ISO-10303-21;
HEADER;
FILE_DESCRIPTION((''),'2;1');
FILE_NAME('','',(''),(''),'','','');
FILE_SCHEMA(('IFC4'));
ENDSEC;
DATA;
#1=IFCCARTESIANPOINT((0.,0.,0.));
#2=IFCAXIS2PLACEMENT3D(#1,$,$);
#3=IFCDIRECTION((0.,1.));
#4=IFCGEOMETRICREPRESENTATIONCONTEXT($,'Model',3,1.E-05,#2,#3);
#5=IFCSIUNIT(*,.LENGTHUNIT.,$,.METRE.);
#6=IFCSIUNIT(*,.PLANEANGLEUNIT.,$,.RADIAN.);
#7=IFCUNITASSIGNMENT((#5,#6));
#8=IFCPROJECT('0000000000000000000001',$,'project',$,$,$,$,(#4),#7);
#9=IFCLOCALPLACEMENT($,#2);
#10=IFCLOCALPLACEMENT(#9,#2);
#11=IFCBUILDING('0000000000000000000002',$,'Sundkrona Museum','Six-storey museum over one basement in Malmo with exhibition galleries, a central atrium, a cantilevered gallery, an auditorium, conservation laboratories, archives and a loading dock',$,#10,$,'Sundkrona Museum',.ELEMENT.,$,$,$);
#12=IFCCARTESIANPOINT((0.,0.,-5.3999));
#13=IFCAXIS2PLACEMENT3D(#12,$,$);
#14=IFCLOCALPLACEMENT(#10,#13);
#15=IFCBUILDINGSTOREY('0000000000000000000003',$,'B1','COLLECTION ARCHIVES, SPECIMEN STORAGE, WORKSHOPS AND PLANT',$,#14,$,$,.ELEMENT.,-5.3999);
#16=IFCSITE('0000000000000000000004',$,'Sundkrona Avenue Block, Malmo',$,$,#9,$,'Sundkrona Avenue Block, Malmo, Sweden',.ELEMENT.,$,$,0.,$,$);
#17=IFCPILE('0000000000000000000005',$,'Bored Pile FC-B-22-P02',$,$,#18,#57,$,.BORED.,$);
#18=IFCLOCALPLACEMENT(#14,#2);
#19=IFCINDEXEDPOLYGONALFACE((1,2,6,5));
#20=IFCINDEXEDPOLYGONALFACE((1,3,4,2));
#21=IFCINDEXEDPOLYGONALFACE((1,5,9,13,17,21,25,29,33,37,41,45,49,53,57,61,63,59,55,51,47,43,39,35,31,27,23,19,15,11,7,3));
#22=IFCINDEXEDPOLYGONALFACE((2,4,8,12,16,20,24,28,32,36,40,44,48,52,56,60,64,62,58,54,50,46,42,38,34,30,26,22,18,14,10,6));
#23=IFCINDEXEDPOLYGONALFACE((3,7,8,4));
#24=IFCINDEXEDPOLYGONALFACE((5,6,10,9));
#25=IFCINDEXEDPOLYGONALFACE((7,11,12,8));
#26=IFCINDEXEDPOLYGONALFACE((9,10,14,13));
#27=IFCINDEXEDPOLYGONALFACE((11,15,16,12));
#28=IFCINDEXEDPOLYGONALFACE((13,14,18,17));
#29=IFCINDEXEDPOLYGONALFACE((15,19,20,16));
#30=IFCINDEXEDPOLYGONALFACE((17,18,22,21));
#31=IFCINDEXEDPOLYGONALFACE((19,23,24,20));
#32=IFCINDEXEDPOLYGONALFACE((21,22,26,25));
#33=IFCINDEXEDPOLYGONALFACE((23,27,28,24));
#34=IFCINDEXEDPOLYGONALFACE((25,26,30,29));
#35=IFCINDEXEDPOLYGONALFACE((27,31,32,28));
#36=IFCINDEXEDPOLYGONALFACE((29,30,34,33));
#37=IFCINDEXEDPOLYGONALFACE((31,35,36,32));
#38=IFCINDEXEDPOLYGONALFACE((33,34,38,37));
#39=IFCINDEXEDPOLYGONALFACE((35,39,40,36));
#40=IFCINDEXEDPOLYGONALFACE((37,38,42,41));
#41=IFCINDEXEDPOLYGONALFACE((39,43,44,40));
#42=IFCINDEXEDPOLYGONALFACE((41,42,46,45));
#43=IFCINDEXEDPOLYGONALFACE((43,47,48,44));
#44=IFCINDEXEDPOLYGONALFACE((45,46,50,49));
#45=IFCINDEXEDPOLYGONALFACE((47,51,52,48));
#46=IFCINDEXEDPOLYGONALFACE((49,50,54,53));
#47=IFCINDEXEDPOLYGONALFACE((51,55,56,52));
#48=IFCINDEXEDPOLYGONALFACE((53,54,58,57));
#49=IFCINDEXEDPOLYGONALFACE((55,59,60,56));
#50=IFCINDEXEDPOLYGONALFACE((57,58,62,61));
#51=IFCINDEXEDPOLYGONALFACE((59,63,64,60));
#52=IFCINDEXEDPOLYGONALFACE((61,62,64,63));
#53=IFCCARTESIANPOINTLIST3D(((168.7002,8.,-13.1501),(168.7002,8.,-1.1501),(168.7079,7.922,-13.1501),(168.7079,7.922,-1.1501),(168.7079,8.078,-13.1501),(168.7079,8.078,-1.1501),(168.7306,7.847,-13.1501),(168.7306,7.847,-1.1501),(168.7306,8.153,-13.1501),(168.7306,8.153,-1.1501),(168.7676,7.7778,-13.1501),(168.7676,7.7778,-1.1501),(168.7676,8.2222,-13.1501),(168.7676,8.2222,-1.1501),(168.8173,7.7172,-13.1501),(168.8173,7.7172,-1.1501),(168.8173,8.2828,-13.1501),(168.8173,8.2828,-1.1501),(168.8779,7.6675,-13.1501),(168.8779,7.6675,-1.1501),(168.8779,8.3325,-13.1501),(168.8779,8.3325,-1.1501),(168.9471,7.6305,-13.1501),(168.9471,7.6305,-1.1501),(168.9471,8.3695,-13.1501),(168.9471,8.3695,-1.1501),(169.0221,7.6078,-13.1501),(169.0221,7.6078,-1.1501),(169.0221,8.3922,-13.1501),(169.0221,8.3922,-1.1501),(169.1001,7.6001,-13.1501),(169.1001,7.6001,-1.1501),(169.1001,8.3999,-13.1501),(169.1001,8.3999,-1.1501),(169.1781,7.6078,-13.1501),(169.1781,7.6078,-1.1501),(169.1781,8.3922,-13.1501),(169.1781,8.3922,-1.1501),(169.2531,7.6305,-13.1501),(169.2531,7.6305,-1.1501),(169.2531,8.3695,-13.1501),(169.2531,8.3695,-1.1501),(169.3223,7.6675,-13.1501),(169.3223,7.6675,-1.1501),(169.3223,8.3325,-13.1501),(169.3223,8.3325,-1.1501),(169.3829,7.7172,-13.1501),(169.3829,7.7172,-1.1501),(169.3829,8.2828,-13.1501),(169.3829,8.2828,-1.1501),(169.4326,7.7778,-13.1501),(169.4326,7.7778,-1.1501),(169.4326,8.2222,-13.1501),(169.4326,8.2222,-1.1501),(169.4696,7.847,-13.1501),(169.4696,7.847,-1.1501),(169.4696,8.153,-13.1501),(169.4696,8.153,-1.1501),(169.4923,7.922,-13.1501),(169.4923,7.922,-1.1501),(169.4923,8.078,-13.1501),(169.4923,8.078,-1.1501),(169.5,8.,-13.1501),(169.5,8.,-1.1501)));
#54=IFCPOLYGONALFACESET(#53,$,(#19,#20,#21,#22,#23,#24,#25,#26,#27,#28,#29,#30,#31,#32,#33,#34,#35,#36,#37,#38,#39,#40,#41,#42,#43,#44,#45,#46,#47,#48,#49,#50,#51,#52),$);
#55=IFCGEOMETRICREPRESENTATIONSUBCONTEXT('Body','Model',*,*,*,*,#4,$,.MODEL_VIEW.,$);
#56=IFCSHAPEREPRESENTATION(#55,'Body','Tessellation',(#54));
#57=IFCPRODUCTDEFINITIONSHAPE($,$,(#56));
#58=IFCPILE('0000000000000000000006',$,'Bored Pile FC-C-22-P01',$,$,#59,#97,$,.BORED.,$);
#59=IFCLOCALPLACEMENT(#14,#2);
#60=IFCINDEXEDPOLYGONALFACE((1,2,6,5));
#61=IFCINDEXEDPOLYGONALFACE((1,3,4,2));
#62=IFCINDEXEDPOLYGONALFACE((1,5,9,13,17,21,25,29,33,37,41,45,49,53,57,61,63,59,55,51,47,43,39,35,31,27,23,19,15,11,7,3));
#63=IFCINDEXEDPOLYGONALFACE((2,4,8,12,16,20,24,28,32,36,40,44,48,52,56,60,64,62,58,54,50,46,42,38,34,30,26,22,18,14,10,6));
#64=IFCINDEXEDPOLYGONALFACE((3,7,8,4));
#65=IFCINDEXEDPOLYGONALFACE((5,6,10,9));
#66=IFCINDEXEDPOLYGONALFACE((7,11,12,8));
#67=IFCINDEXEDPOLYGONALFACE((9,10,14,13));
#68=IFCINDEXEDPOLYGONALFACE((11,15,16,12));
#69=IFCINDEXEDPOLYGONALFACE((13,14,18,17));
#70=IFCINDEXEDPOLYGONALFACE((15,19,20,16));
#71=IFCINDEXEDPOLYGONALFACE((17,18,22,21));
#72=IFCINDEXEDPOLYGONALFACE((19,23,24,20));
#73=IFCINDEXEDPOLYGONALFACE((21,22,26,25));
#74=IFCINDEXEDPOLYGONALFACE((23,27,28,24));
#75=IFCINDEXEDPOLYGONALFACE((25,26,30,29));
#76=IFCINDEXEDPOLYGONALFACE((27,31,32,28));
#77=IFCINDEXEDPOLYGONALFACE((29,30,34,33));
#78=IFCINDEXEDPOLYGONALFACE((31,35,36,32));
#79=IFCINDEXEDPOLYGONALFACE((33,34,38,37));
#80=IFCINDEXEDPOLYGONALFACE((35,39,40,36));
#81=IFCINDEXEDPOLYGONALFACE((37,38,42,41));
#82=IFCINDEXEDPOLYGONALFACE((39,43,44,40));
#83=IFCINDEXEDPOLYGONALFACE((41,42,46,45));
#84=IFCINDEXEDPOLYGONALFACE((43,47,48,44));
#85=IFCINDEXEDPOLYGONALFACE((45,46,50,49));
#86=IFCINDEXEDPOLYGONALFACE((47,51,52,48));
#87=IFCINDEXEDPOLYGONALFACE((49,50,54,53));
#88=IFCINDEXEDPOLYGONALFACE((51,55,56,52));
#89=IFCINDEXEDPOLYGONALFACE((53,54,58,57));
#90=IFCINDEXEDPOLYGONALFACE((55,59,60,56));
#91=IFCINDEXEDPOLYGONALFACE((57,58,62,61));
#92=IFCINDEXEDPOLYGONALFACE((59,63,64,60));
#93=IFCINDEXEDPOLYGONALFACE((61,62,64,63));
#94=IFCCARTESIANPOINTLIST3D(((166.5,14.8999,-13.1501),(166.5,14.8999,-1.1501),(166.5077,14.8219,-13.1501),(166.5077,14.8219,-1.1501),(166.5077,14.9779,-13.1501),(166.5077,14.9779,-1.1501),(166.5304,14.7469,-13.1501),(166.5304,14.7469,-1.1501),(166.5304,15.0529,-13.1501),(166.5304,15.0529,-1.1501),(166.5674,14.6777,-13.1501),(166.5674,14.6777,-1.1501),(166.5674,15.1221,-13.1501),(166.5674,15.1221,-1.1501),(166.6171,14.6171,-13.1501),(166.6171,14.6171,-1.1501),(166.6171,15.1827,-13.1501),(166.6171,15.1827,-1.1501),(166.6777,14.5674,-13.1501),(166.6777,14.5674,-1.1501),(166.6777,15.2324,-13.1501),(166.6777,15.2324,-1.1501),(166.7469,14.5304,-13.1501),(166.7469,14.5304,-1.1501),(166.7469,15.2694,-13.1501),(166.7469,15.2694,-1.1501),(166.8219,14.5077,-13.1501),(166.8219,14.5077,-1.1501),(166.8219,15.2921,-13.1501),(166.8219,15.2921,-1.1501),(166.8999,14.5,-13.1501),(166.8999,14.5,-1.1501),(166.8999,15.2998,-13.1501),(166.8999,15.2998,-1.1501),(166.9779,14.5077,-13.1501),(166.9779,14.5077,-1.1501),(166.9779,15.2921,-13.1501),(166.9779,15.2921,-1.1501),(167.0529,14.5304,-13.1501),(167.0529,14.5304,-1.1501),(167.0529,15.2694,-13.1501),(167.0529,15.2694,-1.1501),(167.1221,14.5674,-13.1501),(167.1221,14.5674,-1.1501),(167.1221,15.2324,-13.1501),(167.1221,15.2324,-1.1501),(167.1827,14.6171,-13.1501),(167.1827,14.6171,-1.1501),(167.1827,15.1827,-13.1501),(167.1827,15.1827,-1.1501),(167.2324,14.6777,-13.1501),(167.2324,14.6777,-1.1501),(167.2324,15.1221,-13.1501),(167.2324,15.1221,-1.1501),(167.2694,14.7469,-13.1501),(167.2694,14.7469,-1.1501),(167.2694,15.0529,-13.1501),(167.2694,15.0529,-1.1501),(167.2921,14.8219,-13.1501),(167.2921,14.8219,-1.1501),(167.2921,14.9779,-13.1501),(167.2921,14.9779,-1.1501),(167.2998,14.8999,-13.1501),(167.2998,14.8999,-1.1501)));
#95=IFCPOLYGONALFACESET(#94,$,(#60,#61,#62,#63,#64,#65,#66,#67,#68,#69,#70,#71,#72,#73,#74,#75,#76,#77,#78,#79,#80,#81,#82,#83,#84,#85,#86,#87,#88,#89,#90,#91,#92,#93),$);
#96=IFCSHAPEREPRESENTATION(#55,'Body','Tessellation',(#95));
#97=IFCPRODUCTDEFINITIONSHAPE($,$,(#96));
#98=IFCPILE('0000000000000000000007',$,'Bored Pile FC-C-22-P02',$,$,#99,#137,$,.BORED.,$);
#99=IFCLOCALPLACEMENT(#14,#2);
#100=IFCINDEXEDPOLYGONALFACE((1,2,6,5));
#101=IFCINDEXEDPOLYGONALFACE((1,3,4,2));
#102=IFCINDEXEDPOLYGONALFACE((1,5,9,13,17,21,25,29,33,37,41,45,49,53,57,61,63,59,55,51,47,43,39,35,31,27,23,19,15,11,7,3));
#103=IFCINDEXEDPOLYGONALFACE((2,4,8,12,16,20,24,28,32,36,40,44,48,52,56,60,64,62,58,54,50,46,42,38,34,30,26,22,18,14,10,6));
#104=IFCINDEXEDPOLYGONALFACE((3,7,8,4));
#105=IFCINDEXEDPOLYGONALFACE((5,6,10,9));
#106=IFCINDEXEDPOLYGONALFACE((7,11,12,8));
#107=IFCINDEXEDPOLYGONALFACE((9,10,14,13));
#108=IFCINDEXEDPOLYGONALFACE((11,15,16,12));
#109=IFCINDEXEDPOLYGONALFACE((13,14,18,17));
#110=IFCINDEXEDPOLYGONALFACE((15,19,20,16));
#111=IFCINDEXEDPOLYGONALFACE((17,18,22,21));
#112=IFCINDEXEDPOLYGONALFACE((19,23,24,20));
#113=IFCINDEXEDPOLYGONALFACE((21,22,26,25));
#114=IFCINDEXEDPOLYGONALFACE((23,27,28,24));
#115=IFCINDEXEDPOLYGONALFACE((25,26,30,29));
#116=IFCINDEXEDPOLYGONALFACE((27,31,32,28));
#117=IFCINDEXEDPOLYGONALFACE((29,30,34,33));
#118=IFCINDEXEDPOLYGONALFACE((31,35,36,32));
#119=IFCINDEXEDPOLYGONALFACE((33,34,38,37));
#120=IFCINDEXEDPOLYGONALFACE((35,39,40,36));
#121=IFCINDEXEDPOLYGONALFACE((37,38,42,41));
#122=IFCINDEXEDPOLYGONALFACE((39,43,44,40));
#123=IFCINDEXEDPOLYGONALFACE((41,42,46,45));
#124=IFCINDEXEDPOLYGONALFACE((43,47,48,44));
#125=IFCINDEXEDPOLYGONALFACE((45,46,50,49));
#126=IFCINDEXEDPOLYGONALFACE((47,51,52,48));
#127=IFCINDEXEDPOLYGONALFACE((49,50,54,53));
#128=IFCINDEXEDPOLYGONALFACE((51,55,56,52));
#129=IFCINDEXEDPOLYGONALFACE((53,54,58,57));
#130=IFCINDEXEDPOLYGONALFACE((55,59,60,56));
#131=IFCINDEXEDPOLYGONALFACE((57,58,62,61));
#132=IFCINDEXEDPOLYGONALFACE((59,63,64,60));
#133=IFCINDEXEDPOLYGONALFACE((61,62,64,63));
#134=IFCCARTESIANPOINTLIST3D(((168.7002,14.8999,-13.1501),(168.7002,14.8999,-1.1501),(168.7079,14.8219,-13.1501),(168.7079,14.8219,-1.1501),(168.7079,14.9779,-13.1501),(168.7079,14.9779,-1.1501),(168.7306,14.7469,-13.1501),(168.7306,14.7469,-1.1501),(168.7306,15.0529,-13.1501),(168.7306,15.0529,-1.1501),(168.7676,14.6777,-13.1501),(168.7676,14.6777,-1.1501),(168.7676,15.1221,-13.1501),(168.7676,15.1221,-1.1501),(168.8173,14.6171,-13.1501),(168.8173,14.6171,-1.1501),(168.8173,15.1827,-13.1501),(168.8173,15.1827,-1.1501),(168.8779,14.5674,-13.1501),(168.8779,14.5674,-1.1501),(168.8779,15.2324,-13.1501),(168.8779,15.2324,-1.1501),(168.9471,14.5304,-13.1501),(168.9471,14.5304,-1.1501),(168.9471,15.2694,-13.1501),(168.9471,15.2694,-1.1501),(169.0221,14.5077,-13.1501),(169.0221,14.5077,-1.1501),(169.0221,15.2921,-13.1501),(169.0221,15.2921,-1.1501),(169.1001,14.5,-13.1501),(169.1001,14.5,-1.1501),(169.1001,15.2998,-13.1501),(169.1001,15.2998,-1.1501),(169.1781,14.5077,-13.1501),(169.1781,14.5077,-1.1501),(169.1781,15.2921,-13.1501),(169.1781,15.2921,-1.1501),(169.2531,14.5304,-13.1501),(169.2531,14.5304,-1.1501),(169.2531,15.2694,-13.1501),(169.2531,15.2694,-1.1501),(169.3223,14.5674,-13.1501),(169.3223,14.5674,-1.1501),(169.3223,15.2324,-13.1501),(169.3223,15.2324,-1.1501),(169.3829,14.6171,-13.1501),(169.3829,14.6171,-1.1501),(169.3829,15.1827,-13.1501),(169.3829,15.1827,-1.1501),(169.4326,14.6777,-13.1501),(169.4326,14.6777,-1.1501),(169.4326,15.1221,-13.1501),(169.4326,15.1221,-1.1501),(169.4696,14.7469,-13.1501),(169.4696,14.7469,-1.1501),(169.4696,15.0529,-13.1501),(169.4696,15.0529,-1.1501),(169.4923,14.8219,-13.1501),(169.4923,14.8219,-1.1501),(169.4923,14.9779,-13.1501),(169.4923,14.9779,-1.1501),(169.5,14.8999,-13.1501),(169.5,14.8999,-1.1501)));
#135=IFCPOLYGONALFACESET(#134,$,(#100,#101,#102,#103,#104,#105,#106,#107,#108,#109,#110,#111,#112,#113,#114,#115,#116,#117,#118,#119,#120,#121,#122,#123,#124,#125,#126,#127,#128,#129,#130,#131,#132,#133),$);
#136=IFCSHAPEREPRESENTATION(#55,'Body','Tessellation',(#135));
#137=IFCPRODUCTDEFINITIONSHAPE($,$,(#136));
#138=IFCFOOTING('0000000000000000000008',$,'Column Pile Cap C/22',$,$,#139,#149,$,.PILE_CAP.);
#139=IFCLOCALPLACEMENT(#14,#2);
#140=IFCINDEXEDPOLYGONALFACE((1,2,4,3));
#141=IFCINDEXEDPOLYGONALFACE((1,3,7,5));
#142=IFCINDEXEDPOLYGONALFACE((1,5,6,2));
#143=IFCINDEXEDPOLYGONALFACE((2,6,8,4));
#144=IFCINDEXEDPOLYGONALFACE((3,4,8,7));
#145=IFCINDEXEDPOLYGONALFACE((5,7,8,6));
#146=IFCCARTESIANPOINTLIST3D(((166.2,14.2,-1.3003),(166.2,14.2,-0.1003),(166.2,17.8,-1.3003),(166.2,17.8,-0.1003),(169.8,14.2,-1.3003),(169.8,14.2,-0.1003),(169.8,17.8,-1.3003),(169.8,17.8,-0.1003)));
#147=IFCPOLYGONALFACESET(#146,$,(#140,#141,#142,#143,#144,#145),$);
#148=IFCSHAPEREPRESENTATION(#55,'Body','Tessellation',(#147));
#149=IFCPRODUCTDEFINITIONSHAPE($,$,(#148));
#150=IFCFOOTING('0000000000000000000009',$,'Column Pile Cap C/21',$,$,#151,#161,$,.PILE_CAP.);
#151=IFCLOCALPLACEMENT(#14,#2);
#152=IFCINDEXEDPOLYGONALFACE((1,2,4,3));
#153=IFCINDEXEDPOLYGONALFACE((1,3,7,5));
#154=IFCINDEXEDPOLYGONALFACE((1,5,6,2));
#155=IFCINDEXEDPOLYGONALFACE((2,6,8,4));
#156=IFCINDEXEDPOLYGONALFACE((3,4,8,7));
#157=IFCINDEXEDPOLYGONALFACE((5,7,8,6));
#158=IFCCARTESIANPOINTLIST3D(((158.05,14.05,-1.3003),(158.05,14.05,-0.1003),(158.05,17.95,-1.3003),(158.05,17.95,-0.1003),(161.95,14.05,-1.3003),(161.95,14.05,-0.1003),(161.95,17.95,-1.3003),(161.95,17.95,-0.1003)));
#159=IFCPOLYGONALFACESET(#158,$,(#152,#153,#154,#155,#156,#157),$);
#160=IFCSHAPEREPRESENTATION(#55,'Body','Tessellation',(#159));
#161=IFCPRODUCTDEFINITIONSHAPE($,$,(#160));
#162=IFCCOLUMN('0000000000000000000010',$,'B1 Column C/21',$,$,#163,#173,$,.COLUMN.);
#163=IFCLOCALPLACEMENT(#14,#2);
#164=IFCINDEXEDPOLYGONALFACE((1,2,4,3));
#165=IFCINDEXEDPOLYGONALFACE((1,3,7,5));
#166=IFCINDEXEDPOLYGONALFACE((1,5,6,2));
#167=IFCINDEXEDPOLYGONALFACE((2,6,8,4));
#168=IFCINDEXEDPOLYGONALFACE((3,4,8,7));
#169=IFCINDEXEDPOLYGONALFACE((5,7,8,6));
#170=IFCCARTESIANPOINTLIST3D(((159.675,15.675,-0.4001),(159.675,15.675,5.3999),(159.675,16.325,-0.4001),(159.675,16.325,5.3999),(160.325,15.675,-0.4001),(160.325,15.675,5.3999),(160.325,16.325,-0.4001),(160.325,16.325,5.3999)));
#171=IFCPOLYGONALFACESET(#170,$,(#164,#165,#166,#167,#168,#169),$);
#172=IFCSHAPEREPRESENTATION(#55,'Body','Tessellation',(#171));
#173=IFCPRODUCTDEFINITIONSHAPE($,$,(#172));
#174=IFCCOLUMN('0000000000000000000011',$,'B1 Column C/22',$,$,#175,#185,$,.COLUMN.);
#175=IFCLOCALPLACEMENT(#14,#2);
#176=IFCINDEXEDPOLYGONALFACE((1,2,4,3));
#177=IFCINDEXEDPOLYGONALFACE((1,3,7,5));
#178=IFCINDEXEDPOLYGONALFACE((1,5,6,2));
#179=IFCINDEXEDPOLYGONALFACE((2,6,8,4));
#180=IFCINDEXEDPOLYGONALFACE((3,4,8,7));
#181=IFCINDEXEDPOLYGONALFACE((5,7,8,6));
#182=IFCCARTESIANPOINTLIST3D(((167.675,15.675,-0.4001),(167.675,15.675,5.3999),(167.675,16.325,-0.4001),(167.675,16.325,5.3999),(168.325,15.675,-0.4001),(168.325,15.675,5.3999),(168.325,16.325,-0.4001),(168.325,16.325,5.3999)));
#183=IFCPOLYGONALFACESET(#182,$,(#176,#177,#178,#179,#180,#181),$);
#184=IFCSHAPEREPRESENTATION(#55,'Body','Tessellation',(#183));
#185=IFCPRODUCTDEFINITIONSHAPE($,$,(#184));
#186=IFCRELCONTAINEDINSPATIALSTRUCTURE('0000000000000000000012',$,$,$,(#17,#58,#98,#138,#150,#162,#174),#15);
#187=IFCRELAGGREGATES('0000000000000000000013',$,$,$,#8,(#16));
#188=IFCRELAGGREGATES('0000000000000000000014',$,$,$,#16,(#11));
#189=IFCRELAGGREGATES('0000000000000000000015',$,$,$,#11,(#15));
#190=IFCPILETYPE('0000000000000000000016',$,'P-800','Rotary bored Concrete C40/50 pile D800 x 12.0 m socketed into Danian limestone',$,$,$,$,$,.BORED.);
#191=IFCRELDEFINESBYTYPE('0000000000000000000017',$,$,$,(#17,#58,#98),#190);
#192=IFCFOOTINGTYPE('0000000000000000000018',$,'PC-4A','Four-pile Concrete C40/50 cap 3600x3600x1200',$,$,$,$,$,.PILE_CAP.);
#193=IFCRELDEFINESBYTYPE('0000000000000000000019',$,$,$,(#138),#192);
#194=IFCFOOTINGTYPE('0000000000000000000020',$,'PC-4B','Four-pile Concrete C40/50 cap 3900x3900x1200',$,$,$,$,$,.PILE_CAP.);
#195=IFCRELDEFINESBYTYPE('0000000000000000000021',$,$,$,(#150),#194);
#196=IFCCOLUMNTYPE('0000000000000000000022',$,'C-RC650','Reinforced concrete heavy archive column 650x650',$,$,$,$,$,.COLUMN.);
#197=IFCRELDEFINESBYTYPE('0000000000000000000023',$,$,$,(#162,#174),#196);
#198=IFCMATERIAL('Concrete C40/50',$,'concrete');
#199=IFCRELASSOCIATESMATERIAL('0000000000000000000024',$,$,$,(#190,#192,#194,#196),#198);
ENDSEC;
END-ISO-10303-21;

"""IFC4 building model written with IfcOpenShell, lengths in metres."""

from ifc_helpers import new_model, si_unit, direction, frame, origin, origin_2d, place, context, subcontext, project, spatial, rectangle, circle, extrude, material, material_profile, profile_set, type_object, element, save


model = new_model("IFC4")

# Units and contexts
model_context = context("Model", 3, precision=1e-05, world=origin(), true_north=direction((0.0, 1.0)))
body_context = subcontext(model_context, "Body", "Model", "MODEL_VIEW")
ifc_project = project(units=[si_unit("LENGTHUNIT", "METRE"), si_unit("PLANEANGLEUNIT", "RADIAN")], contexts=[model_context])

# Site, building, storey
site_placement = place(None, origin())
site = spatial("IfcSite", under=ifc_project, at=site_placement, Name="Sundkrona Avenue Block, Malmo", LongName="Sundkrona Avenue Block, Malmo, Sweden", CompositionType="ELEMENT", RefElevation=0.0)
building_placement = place(site_placement, origin())
building = spatial("IfcBuilding", under=site, at=building_placement, Name="Sundkrona Museum", Description="Six-storey museum over one basement in Malmo with exhibition galleries, a central atrium, a cantilevered gallery, an auditorium, conservation laboratories, archives and a loading dock", LongName="Sundkrona Museum", CompositionType="ELEMENT")
storey_placement = place(building_placement, frame((0.0, 0.0, -5.3999)))
storey = spatial("IfcBuildingStorey", under=building, at=storey_placement, Name="B1", Description="COLLECTION ARCHIVES, SPECIMEN STORAGE, WORKSHOPS AND PLANT", CompositionType="ELEMENT", Elevation=-5.3999)

# Shared definitions
ifc_material_1 = material(Name="Concrete C40/50", Category="concrete")

# Piles
ifc_material_profile_1 = material_profile(ifc_material_1, circle(Radius=0.3999, at=origin_2d()), Name="PILE D800")
ifc_profile_set_1 = profile_set([ifc_material_profile_1], Name="Concrete C40/50")
pile_type = type_object("IfcPileType", Name="P-800", Description="Rotary bored Concrete C40/50 pile D800 x 12.0 m socketed into Danian limestone", PredefinedType="BORED", material=ifc_profile_set_1)
for number, where, z_axis, x_axis, name in (
    (1, (169.1001, 8.0, -1.1501), (0.0, 0.0, -1.0), (1.0, 0.0, 0.0), "Bored Pile FC-B-22-P02"),
    (2, (166.8999, 14.8999, -1.1501), (0.0, 0.0, -1.0), (1.0, 0.0, 0.0), "Bored Pile FC-C-22-P01"),
    (3, (169.1001, 14.8999, -1.1501), (0.0, 0.0, -1.0), (1.0, 0.0, 0.0), "Bored Pile FC-C-22-P02"),
):
    element("IfcPile", number, at=place(storey_placement, frame(where, z_axis=z_axis, x_axis=x_axis)), inside=storey, type_object=pile_type, Name=name, PredefinedType="BORED", context=body_context, shape_type="SweptSolid", body=[
        extrude(circle(Radius=0.3999, at=origin_2d()), origin(), (0.0, 0.0, 1.0), 12.0),
    ])

# Footings
footing_type_1 = type_object("IfcFootingType", Name="PC-4A", Description="Four-pile Concrete C40/50 cap 3600x3600x1200", PredefinedType="PILE_CAP", material=ifc_material_1)
footing_1_placement = place(storey_placement, frame((168.0, 16.0, -1.3003), z_axis=(0.0, 0.0, 1.0), x_axis=(1.0, 0.0, 0.0)))
element("IfcFooting", 4, at=footing_1_placement, inside=storey, type_object=footing_type_1, Name="Column Pile Cap C/22", PredefinedType="PILE_CAP", context=body_context, shape_type="SweptSolid", body=[
    extrude(rectangle(XDim=3.6001, YDim=3.6001, at=origin_2d()), origin(), (0.0, 0.0, 1.0), 1.2),
])
footing_type_2 = type_object("IfcFootingType", Name="PC-4B", Description="Four-pile Concrete C40/50 cap 3900x3900x1200", PredefinedType="PILE_CAP", material=ifc_material_1)
footing_2_placement = place(storey_placement, frame((160.0, 16.0, -1.3003), z_axis=(0.0, 0.0, 1.0), x_axis=(1.0, 0.0, 0.0)))
element("IfcFooting", 5, at=footing_2_placement, inside=storey, type_object=footing_type_2, Name="Column Pile Cap C/21", PredefinedType="PILE_CAP", context=body_context, shape_type="SweptSolid", body=[
    extrude(rectangle(XDim=3.8999, YDim=3.8999, at=origin_2d()), origin(), (0.0, 0.0, 1.0), 1.2),
])

# Columns
ifc_material_profile_2 = material_profile(ifc_material_1, rectangle(XDim=0.6499, YDim=0.6499, at=origin_2d()), Name="RC 650x650")
ifc_profile_set_2 = profile_set([ifc_material_profile_2], Name="Concrete C40/50")
column_type = type_object("IfcColumnType", Name="C-RC650", Description="Reinforced concrete heavy archive column 650x650", PredefinedType="COLUMN", material=ifc_profile_set_2)
for number, where, z_axis, x_axis, name in (
    (6, (160.0, 16.0, -0.4001), (0.0, 0.0, 1.0), (1.0, 0.0, 0.0), "B1 Column C/21"),
    (7, (168.0, 16.0, -0.4001), (0.0, 0.0, 1.0), (1.0, 0.0, 0.0), "B1 Column C/22"),
):
    element("IfcColumn", number, at=place(storey_placement, frame(where, z_axis=z_axis, x_axis=x_axis)), inside=storey, type_object=column_type, Name=name, PredefinedType="COLUMN", context=body_context, shape_type="SweptSolid", body=[
        extrude(rectangle(XDim=0.6499, YDim=0.6499, at=origin_2d()), origin(), (0.0, 0.0, 1.0), 5.8),
    ])

save(model, "model.ifc")
